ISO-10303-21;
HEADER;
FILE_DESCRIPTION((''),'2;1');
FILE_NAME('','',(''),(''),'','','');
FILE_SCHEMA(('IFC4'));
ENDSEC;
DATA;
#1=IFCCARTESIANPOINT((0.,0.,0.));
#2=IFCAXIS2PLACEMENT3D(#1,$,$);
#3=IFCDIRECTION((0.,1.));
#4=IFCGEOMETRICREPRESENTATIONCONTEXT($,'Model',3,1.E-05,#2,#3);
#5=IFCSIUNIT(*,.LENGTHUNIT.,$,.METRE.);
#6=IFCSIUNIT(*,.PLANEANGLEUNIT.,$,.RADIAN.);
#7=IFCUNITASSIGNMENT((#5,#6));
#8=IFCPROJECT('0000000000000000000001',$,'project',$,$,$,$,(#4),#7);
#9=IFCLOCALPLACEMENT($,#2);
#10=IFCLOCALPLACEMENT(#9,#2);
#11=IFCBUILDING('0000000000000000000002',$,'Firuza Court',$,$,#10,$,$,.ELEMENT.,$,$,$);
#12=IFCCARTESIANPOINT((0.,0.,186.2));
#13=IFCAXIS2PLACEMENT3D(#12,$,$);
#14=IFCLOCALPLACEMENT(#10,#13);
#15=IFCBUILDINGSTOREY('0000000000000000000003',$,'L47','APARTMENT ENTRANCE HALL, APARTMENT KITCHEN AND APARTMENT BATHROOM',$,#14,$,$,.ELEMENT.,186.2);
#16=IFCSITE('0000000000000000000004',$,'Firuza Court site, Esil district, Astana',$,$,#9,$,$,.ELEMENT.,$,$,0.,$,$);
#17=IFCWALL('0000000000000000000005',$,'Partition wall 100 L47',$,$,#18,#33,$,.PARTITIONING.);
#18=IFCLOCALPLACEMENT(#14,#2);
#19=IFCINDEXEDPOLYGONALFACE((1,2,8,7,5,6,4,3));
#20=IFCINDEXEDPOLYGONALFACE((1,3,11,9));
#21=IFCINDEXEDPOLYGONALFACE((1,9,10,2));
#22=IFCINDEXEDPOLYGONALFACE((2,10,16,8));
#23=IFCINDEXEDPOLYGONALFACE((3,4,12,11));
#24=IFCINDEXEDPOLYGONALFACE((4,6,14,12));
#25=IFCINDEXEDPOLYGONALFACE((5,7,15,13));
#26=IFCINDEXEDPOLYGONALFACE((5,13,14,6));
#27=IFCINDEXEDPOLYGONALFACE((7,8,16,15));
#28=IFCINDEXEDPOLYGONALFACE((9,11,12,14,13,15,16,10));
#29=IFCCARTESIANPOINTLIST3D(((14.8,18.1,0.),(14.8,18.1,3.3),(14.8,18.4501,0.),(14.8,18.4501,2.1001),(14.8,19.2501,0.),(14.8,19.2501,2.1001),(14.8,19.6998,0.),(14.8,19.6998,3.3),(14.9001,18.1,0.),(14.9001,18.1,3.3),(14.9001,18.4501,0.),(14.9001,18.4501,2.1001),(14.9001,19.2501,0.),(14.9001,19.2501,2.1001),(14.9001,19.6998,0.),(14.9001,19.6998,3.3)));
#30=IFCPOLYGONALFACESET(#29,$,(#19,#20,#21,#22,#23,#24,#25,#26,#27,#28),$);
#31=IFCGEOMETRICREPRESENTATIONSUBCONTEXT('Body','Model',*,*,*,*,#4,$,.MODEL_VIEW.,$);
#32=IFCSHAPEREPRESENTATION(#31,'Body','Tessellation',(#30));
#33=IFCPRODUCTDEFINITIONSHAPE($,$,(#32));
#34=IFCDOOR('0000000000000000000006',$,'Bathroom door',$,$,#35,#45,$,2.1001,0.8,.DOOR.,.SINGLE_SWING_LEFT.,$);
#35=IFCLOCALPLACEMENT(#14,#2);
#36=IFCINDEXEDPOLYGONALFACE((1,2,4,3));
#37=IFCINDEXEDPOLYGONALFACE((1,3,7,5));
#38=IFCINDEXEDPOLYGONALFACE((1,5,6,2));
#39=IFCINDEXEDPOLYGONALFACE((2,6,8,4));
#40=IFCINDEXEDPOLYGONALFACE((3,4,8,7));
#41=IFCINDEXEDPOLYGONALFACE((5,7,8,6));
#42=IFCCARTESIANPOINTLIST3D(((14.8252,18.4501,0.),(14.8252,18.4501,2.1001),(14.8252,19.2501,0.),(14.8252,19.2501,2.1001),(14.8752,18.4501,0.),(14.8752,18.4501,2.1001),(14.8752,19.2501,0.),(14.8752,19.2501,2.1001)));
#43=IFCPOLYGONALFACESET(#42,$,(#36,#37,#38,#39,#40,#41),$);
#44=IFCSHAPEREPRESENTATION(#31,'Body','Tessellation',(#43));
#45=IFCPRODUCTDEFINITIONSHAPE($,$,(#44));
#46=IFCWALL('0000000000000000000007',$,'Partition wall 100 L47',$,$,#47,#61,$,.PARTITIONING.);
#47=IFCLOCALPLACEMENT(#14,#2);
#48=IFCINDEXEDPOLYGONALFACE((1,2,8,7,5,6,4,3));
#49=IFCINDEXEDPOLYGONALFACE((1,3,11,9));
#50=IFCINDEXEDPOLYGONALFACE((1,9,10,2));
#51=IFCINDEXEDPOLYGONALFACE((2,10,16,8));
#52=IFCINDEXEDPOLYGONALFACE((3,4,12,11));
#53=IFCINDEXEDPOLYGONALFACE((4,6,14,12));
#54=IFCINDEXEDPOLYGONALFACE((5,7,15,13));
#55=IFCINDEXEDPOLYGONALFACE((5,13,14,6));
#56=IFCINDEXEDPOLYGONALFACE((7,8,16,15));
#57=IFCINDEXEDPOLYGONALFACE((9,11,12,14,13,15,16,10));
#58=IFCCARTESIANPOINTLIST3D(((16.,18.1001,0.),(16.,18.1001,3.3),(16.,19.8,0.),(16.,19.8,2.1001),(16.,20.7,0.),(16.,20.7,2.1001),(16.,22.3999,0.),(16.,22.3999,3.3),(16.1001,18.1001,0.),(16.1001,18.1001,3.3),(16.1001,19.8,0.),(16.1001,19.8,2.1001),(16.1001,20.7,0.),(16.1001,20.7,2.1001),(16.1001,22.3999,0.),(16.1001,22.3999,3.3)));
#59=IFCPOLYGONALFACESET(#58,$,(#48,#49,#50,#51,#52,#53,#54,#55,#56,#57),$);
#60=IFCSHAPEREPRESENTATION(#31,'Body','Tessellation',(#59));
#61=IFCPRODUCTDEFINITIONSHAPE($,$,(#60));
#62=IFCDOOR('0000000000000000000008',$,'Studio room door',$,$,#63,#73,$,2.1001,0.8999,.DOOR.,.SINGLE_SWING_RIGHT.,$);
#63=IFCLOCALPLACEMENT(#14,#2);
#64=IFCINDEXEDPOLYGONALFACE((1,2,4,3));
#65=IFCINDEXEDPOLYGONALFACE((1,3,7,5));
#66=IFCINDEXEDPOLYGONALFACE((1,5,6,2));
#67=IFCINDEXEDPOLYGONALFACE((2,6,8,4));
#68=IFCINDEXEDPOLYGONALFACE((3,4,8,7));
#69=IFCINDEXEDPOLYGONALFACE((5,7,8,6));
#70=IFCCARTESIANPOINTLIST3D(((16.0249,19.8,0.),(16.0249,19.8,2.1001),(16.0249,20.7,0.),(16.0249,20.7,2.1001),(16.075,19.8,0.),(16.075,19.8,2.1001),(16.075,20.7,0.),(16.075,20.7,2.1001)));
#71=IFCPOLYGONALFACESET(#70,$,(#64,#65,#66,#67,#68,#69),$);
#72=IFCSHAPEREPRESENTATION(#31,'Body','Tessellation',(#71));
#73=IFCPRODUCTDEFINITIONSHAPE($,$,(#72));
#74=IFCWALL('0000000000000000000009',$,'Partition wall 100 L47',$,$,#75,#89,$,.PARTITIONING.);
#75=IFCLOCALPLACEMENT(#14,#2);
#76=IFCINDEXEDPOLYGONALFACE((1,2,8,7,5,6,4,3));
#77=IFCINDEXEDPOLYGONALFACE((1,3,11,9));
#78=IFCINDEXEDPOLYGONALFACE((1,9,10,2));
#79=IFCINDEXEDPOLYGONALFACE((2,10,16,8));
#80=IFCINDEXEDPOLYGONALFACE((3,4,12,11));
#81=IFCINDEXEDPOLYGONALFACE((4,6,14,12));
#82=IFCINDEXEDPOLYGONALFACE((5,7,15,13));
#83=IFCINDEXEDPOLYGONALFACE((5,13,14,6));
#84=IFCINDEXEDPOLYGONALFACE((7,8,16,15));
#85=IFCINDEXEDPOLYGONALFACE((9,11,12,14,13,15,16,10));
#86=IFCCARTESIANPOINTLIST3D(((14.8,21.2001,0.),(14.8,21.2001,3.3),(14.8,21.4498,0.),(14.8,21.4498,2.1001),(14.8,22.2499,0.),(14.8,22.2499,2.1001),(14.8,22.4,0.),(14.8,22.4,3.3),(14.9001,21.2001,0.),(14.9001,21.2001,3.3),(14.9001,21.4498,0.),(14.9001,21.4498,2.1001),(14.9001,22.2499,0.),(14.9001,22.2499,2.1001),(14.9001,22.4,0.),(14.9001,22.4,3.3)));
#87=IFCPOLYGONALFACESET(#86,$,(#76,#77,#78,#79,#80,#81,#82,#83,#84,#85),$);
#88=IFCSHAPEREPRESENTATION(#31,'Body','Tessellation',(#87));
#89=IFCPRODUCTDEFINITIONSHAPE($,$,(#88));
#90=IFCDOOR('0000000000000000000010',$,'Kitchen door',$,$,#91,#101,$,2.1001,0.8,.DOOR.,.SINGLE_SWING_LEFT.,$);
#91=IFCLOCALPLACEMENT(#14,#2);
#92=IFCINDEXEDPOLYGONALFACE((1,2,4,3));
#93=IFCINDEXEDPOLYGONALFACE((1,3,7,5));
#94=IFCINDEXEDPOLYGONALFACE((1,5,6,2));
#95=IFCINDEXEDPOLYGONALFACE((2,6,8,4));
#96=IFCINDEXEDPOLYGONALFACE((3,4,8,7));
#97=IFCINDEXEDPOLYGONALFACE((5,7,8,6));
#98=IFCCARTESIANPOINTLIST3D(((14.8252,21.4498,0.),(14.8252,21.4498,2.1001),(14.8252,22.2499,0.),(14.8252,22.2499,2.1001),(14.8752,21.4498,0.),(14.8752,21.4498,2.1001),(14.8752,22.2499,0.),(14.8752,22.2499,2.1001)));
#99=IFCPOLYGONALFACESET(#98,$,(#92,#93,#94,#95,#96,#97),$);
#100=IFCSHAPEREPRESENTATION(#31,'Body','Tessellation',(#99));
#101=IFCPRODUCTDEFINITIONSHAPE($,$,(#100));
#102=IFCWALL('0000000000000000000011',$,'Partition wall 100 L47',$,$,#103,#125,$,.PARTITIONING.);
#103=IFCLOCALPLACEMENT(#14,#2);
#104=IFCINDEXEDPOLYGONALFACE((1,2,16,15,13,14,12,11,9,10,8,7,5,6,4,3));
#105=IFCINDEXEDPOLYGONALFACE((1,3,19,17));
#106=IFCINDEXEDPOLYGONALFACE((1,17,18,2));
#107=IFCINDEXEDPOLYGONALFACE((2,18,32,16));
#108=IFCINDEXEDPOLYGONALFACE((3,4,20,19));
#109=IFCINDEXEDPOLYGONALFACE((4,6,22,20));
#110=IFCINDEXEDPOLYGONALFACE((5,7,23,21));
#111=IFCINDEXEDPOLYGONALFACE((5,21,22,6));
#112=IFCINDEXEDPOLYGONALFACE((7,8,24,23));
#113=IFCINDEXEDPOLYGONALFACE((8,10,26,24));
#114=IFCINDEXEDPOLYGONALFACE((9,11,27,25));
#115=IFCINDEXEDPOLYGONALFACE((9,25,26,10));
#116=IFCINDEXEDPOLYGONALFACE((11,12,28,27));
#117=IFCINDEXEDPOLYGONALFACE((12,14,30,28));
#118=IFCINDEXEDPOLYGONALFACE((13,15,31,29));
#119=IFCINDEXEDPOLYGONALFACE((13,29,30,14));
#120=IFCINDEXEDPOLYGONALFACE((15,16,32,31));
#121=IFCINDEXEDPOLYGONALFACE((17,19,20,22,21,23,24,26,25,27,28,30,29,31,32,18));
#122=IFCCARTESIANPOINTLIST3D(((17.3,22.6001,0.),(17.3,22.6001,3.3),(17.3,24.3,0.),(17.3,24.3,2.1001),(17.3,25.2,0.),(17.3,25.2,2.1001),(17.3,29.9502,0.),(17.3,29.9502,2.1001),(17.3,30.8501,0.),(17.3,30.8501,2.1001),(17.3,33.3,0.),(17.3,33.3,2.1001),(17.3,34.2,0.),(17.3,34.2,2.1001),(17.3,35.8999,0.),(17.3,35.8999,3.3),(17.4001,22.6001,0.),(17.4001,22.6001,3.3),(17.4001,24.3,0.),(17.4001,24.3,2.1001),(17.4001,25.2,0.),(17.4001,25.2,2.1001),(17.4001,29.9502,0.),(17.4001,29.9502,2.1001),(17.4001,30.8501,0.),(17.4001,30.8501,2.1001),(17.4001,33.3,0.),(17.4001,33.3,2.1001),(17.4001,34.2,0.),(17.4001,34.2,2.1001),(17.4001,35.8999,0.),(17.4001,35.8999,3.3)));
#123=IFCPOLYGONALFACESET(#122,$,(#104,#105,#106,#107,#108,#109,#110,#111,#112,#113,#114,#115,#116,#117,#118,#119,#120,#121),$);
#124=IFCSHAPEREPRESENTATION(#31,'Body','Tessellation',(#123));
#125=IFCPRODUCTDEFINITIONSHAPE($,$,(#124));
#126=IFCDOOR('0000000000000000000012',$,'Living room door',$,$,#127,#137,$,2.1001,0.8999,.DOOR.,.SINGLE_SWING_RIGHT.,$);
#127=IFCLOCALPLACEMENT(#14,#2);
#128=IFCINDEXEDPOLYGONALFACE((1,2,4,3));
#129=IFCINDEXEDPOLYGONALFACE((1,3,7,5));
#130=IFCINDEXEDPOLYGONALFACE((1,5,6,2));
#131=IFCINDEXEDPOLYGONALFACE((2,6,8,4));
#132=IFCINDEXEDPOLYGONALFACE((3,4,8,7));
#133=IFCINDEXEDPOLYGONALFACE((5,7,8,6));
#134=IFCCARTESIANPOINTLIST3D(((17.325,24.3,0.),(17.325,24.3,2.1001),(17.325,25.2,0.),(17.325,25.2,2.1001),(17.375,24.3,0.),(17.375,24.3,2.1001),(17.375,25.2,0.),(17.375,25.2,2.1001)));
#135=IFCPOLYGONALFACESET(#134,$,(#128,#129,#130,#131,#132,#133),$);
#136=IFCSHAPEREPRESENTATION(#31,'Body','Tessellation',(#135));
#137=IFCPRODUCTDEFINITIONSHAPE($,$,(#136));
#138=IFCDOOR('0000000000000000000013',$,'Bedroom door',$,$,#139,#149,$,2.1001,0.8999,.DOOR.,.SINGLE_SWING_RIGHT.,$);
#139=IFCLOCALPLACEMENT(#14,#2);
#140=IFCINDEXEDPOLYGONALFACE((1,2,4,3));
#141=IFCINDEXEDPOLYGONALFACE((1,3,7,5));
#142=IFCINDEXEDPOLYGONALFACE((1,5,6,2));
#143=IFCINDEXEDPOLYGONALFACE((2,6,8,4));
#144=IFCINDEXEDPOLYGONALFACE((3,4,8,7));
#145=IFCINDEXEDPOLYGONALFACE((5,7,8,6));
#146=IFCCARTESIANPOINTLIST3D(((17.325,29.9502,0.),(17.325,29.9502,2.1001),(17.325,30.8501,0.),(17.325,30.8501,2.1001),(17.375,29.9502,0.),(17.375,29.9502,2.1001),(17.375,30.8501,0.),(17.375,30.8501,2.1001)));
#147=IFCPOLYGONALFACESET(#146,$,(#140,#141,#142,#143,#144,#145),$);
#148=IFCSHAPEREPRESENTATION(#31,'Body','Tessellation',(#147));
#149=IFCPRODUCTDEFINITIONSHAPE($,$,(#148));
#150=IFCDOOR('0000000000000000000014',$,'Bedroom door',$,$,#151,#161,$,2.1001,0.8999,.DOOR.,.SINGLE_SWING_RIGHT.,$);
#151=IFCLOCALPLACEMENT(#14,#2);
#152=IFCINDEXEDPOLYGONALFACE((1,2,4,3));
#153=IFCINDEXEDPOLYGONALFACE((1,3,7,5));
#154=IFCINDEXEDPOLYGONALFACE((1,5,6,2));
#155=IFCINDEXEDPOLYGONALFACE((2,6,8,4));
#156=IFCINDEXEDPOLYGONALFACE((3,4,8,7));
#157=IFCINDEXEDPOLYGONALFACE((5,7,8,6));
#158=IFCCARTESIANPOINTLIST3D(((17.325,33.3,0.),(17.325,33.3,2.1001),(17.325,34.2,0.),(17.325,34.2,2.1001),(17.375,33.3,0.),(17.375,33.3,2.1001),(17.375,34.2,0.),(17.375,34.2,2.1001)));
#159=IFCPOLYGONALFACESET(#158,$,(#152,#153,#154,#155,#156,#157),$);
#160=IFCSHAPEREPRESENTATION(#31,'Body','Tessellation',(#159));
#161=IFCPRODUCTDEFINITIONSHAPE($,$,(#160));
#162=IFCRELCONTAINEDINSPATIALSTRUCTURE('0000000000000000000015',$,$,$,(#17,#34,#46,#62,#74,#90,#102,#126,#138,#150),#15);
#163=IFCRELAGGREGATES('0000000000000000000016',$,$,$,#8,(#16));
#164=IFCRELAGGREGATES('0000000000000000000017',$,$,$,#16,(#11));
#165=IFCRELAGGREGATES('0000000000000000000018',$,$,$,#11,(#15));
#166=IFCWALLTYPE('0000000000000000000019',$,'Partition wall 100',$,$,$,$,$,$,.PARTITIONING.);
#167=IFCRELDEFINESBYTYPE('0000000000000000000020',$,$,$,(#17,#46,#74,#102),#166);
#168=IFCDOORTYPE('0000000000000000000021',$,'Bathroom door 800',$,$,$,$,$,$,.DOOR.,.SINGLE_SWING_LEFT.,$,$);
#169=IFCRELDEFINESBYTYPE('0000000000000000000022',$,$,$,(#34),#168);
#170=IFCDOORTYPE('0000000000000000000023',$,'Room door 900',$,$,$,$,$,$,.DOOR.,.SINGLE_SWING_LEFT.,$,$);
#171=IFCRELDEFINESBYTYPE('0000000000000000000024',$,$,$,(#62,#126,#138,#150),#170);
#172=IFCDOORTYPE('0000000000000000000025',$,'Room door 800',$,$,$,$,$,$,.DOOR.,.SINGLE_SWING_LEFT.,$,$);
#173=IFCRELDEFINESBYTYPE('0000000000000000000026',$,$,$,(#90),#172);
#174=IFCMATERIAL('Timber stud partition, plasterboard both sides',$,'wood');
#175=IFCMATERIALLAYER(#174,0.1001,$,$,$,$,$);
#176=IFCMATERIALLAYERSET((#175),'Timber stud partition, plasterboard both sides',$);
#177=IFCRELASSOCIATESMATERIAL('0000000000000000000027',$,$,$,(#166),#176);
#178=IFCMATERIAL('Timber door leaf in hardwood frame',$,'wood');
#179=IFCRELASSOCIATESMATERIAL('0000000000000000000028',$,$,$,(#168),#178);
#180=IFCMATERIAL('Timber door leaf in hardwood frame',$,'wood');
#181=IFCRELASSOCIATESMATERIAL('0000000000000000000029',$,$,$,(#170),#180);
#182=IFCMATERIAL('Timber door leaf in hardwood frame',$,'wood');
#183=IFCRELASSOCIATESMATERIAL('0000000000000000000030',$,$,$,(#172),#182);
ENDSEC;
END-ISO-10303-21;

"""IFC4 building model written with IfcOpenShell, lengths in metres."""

from ifc_helpers import new_model, si_unit, direction, frame, frame_2d, origin, place, context, subcontext, project, spatial, rectangle, extrude, material, layer, layer_set, type_object, element, fill, save


model = new_model("IFC4")

# Units and contexts
model_context = context("Model", 3, precision=1e-05, world=origin(), true_north=direction((0.0, 1.0)))
body_context = subcontext(model_context, "Body", "Model", "MODEL_VIEW")
ifc_project = project(units=[si_unit("LENGTHUNIT", "METRE"), si_unit("PLANEANGLEUNIT", "RADIAN")], contexts=[model_context])

# Site, building, storey
site_placement = place(None, origin())
site = spatial("IfcSite", under=ifc_project, at=site_placement, Name="Firuza Court site, Esil district, Astana", CompositionType="ELEMENT", RefElevation=0.0)
building_placement = place(site_placement, origin())
building = spatial("IfcBuilding", under=site, at=building_placement, Name="Firuza Court", CompositionType="ELEMENT")
storey_placement = place(building_placement, frame((0.0, 0.0, 186.2)))
storey = spatial("IfcBuildingStorey", under=building, at=storey_placement, Name="L47", Description="APARTMENT ENTRANCE HALL, APARTMENT KITCHEN AND APARTMENT BATHROOM", CompositionType="ELEMENT", Elevation=186.2)

# Walls, openings, doors
ifc_material_1 = material(Name="Timber stud partition, plasterboard both sides", Category="wood")
ifc_layer_1 = layer(ifc_material_1, 0.1001)
ifc_layer_set_1 = layer_set([ifc_layer_1], Name="Timber stud partition, plasterboard both sides")
wall_type_1 = type_object("IfcWallType", Name="Partition wall 100", PredefinedType="PARTITIONING", material=ifc_layer_set_1)
wall_1_placement = place(storey_placement, frame((14.8501, 18.1001, 0.0), z_axis=(0.0, 0.0, 1.0), x_axis=(0.0, 1.0, 0.0)))
wall_1 = element("IfcWall", 1, at=wall_1_placement, inside=storey, type_object=wall_type_1, Name="Partition wall 100 L47", PredefinedType="PARTITIONING", context=body_context, shape_type="SweptSolid", body=[
    extrude(rectangle(XDim=1.5999, YDim=0.1001, at=frame_2d((0.7998, 0.0))), origin(), (0.0, 0.0, 1.0), 3.3),
])
opening_1_placement = place(wall_1_placement, frame((0.3501, 0.0, 0.0)))
opening_1 = element("IfcOpeningElement", 2, at=opening_1_placement, cuts=wall_1, PredefinedType="OPENING", context=body_context, shape_type="SweptSolid", body=[
    extrude(rectangle(XDim=0.8, YDim=2.1001, at=frame_2d((0.3999, 1.05))), frame((0.0, 0.062, 0.0), z_axis=(0.0, -1.0, 0.0), x_axis=(1.0, 0.0, 0.0)), (0.0, 0.0, 1.0), 0.124),
])
ifc_material_2 = material(Name="Timber door leaf in hardwood frame", Category="wood")
door_type_1 = type_object("IfcDoorType", Name="Bathroom door 800", OperationType="SINGLE_SWING_LEFT", PredefinedType="DOOR", material=ifc_material_2)
door_1_placement = place(opening_1_placement, origin())
door_1 = element("IfcDoor", 3, at=door_1_placement, inside=storey, type_object=door_type_1, Name="Bathroom door", OperationType="SINGLE_SWING_LEFT", OverallHeight=2.1001, OverallWidth=0.8, PredefinedType="DOOR", context=body_context, shape_type="SweptSolid", body=[
    extrude(rectangle(XDim=0.8, YDim=2.1001, at=frame_2d((0.3999, 1.05))), frame((0.0, 0.0249, 0.0), z_axis=(0.0, -1.0, 0.0), x_axis=(1.0, 0.0, 0.0)), (0.0, 0.0, 1.0), 0.05),
])
fill(opening_1, door_1)
wall_2_placement = place(storey_placement, frame((16.05, 18.1001, 0.0), z_axis=(0.0, 0.0, 1.0), x_axis=(0.0, 1.0, 0.0)))
wall_2 = element("IfcWall", 4, at=wall_2_placement, inside=storey, type_object=wall_type_1, Name="Partition wall 100 L47", PredefinedType="PARTITIONING", context=body_context, shape_type="SweptSolid", body=[
    extrude(rectangle(XDim=4.2998, YDim=0.1001, at=frame_2d((2.1499, 0.0))), origin(), (0.0, 0.0, 1.0), 3.3),
])
opening_2_placement = place(wall_2_placement, frame((1.7, 0.0, 0.0)))
opening_2 = element("IfcOpeningElement", 5, at=opening_2_placement, cuts=wall_2, PredefinedType="OPENING", context=body_context, shape_type="SweptSolid", body=[
    extrude(rectangle(XDim=0.8999, YDim=2.1001, at=frame_2d((0.45, 1.05))), frame((0.0, 0.062, 0.0), z_axis=(0.0, -1.0, 0.0), x_axis=(1.0, 0.0, 0.0)), (0.0, 0.0, 1.0), 0.124),
])
ifc_material_3 = material(Name="Timber door leaf in hardwood frame", Category="wood")
door_type_2 = type_object("IfcDoorType", Name="Room door 900", OperationType="SINGLE_SWING_LEFT", PredefinedType="DOOR", material=ifc_material_3)
door_2_placement = place(opening_2_placement, frame((0.8999, 0.0, 0.0), z_axis=(0.0, 0.0, 1.0), x_axis=(-1.0, 0.0, 0.0)))
door_2 = element("IfcDoor", 6, at=door_2_placement, inside=storey, type_object=door_type_2, Name="Studio room door", OperationType="SINGLE_SWING_RIGHT", OverallHeight=2.1001, OverallWidth=0.8999, PredefinedType="DOOR", context=body_context, shape_type="SweptSolid", body=[
    extrude(rectangle(XDim=0.8999, YDim=2.1001, at=frame_2d((0.45, 1.05))), frame((0.0, 0.0249, 0.0), z_axis=(0.0, -1.0, 0.0), x_axis=(1.0, 0.0, 0.0)), (0.0, 0.0, 1.0), 0.05),
])
fill(opening_2, door_2)
wall_3_placement = place(storey_placement, frame((14.8501, 21.2, 0.0), z_axis=(0.0, 0.0, 1.0), x_axis=(0.0, 1.0, 0.0)))
wall_3 = element("IfcWall", 7, at=wall_3_placement, inside=storey, type_object=wall_type_1, Name="Partition wall 100 L47", PredefinedType="PARTITIONING", context=body_context, shape_type="SweptSolid", body=[
    extrude(rectangle(XDim=1.2, YDim=0.1001, at=frame_2d((0.6001, 0.0))), origin(), (0.0, 0.0, 1.0), 3.3),
])
opening_3_placement = place(wall_3_placement, frame((0.25, 0.0, 0.0)))
opening_3 = element("IfcOpeningElement", 8, at=opening_3_placement, cuts=wall_3, PredefinedType="OPENING", context=body_context, shape_type="SweptSolid", body=[
    extrude(rectangle(XDim=0.8, YDim=2.1001, at=frame_2d((0.3999, 1.05))), frame((0.0, 0.062, 0.0), z_axis=(0.0, -1.0, 0.0), x_axis=(1.0, 0.0, 0.0)), (0.0, 0.0, 1.0), 0.124),
])
ifc_material_4 = material(Name="Timber door leaf in hardwood frame", Category="wood")
door_type_3 = type_object("IfcDoorType", Name="Room door 800", OperationType="SINGLE_SWING_LEFT", PredefinedType="DOOR", material=ifc_material_4)
door_3_placement = place(opening_3_placement, origin())
door_3 = element("IfcDoor", 9, at=door_3_placement, inside=storey, type_object=door_type_3, Name="Kitchen door", OperationType="SINGLE_SWING_LEFT", OverallHeight=2.1001, OverallWidth=0.8, PredefinedType="DOOR", context=body_context, shape_type="SweptSolid", body=[
    extrude(rectangle(XDim=0.8, YDim=2.1001, at=frame_2d((0.3999, 1.05))), frame((0.0, 0.0249, 0.0), z_axis=(0.0, -1.0, 0.0), x_axis=(1.0, 0.0, 0.0)), (0.0, 0.0, 1.0), 0.05),
])
fill(opening_3, door_3)

# Wall, openings, doors
wall_4_placement = place(storey_placement, frame((17.3501, 22.6001, 0.0), z_axis=(0.0, 0.0, 1.0), x_axis=(0.0, 1.0, 0.0)))
wall_4 = element("IfcWall", 10, at=wall_4_placement, inside=storey, type_object=wall_type_1, Name="Partition wall 100 L47", PredefinedType="PARTITIONING", context=body_context, shape_type="SweptSolid", body=[
    extrude(rectangle(XDim=13.2998, YDim=0.1001, at=frame_2d((6.6499, 0.0))), origin(), (0.0, 0.0, 1.0), 3.3),
])
opening_4_placement = place(wall_4_placement, frame((1.7, 0.0, 0.0)))
opening_4 = element("IfcOpeningElement", 11, at=opening_4_placement, cuts=wall_4, PredefinedType="OPENING", context=body_context, shape_type="SweptSolid", body=[
    extrude(rectangle(XDim=0.8999, YDim=2.1001, at=frame_2d((0.45, 1.05))), frame((0.0, 0.062, 0.0), z_axis=(0.0, -1.0, 0.0), x_axis=(1.0, 0.0, 0.0)), (0.0, 0.0, 1.0), 0.124),
])
opening_5_placement = place(wall_4_placement, frame((7.3501, 0.0, 0.0)))
opening_5 = element("IfcOpeningElement", 12, at=opening_5_placement, cuts=wall_4, PredefinedType="OPENING", context=body_context, shape_type="SweptSolid", body=[
    extrude(rectangle(XDim=0.8999, YDim=2.1001, at=frame_2d((0.45, 1.05))), frame((0.0, 0.062, 0.0), z_axis=(0.0, -1.0, 0.0), x_axis=(1.0, 0.0, 0.0)), (0.0, 0.0, 1.0), 0.124),
])
opening_6_placement = place(wall_4_placement, frame((10.7, 0.0, 0.0)))
opening_6 = element("IfcOpeningElement", 13, at=opening_6_placement, cuts=wall_4, PredefinedType="OPENING", context=body_context, shape_type="SweptSolid", body=[
    extrude(rectangle(XDim=0.8999, YDim=2.1001, at=frame_2d((0.45, 1.05))), frame((0.0, 0.062, 0.0), z_axis=(0.0, -1.0, 0.0), x_axis=(1.0, 0.0, 0.0)), (0.0, 0.0, 1.0), 0.124),
])
door_4_placement = place(opening_4_placement, frame((0.8999, 0.0, 0.0), z_axis=(0.0, 0.0, 1.0), x_axis=(-1.0, 0.0, 0.0)))
door_4 = element("IfcDoor", 14, at=door_4_placement, inside=storey, type_object=door_type_2, Name="Living room door", OperationType="SINGLE_SWING_RIGHT", OverallHeight=2.1001, OverallWidth=0.8999, PredefinedType="DOOR", context=body_context, shape_type="SweptSolid", body=[
    extrude(rectangle(XDim=0.8999, YDim=2.1001, at=frame_2d((0.45, 1.05))), frame((0.0, 0.0249, 0.0), z_axis=(0.0, -1.0, 0.0), x_axis=(1.0, 0.0, 0.0)), (0.0, 0.0, 1.0), 0.05),
])
fill(opening_4, door_4)
door_5_placement = place(opening_5_placement, frame((0.8999, 0.0, 0.0), z_axis=(0.0, 0.0, 1.0), x_axis=(-1.0, 0.0, 0.0)))
door_5 = element("IfcDoor", 15, at=door_5_placement, inside=storey, type_object=door_type_2, Name="Bedroom door", OperationType="SINGLE_SWING_RIGHT", OverallHeight=2.1001, OverallWidth=0.8999, PredefinedType="DOOR", context=body_context, shape_type="SweptSolid", body=[
    extrude(rectangle(XDim=0.8999, YDim=2.1001, at=frame_2d((0.45, 1.05))), frame((0.0, 0.0249, 0.0), z_axis=(0.0, -1.0, 0.0), x_axis=(1.0, 0.0, 0.0)), (0.0, 0.0, 1.0), 0.05),
])
fill(opening_5, door_5)
door_6_placement = place(opening_6_placement, frame((0.8999, 0.0, 0.0), z_axis=(0.0, 0.0, 1.0), x_axis=(-1.0, 0.0, 0.0)))
door_6 = element("IfcDoor", 16, at=door_6_placement, inside=storey, type_object=door_type_2, Name="Bedroom door", OperationType="SINGLE_SWING_RIGHT", OverallHeight=2.1001, OverallWidth=0.8999, PredefinedType="DOOR", context=body_context, shape_type="SweptSolid", body=[
    extrude(rectangle(XDim=0.8999, YDim=2.1001, at=frame_2d((0.45, 1.05))), frame((0.0, 0.0249, 0.0), z_axis=(0.0, -1.0, 0.0), x_axis=(1.0, 0.0, 0.0)), (0.0, 0.0, 1.0), 0.05),
])
fill(opening_6, door_6)

save(model, "model.ifc")
